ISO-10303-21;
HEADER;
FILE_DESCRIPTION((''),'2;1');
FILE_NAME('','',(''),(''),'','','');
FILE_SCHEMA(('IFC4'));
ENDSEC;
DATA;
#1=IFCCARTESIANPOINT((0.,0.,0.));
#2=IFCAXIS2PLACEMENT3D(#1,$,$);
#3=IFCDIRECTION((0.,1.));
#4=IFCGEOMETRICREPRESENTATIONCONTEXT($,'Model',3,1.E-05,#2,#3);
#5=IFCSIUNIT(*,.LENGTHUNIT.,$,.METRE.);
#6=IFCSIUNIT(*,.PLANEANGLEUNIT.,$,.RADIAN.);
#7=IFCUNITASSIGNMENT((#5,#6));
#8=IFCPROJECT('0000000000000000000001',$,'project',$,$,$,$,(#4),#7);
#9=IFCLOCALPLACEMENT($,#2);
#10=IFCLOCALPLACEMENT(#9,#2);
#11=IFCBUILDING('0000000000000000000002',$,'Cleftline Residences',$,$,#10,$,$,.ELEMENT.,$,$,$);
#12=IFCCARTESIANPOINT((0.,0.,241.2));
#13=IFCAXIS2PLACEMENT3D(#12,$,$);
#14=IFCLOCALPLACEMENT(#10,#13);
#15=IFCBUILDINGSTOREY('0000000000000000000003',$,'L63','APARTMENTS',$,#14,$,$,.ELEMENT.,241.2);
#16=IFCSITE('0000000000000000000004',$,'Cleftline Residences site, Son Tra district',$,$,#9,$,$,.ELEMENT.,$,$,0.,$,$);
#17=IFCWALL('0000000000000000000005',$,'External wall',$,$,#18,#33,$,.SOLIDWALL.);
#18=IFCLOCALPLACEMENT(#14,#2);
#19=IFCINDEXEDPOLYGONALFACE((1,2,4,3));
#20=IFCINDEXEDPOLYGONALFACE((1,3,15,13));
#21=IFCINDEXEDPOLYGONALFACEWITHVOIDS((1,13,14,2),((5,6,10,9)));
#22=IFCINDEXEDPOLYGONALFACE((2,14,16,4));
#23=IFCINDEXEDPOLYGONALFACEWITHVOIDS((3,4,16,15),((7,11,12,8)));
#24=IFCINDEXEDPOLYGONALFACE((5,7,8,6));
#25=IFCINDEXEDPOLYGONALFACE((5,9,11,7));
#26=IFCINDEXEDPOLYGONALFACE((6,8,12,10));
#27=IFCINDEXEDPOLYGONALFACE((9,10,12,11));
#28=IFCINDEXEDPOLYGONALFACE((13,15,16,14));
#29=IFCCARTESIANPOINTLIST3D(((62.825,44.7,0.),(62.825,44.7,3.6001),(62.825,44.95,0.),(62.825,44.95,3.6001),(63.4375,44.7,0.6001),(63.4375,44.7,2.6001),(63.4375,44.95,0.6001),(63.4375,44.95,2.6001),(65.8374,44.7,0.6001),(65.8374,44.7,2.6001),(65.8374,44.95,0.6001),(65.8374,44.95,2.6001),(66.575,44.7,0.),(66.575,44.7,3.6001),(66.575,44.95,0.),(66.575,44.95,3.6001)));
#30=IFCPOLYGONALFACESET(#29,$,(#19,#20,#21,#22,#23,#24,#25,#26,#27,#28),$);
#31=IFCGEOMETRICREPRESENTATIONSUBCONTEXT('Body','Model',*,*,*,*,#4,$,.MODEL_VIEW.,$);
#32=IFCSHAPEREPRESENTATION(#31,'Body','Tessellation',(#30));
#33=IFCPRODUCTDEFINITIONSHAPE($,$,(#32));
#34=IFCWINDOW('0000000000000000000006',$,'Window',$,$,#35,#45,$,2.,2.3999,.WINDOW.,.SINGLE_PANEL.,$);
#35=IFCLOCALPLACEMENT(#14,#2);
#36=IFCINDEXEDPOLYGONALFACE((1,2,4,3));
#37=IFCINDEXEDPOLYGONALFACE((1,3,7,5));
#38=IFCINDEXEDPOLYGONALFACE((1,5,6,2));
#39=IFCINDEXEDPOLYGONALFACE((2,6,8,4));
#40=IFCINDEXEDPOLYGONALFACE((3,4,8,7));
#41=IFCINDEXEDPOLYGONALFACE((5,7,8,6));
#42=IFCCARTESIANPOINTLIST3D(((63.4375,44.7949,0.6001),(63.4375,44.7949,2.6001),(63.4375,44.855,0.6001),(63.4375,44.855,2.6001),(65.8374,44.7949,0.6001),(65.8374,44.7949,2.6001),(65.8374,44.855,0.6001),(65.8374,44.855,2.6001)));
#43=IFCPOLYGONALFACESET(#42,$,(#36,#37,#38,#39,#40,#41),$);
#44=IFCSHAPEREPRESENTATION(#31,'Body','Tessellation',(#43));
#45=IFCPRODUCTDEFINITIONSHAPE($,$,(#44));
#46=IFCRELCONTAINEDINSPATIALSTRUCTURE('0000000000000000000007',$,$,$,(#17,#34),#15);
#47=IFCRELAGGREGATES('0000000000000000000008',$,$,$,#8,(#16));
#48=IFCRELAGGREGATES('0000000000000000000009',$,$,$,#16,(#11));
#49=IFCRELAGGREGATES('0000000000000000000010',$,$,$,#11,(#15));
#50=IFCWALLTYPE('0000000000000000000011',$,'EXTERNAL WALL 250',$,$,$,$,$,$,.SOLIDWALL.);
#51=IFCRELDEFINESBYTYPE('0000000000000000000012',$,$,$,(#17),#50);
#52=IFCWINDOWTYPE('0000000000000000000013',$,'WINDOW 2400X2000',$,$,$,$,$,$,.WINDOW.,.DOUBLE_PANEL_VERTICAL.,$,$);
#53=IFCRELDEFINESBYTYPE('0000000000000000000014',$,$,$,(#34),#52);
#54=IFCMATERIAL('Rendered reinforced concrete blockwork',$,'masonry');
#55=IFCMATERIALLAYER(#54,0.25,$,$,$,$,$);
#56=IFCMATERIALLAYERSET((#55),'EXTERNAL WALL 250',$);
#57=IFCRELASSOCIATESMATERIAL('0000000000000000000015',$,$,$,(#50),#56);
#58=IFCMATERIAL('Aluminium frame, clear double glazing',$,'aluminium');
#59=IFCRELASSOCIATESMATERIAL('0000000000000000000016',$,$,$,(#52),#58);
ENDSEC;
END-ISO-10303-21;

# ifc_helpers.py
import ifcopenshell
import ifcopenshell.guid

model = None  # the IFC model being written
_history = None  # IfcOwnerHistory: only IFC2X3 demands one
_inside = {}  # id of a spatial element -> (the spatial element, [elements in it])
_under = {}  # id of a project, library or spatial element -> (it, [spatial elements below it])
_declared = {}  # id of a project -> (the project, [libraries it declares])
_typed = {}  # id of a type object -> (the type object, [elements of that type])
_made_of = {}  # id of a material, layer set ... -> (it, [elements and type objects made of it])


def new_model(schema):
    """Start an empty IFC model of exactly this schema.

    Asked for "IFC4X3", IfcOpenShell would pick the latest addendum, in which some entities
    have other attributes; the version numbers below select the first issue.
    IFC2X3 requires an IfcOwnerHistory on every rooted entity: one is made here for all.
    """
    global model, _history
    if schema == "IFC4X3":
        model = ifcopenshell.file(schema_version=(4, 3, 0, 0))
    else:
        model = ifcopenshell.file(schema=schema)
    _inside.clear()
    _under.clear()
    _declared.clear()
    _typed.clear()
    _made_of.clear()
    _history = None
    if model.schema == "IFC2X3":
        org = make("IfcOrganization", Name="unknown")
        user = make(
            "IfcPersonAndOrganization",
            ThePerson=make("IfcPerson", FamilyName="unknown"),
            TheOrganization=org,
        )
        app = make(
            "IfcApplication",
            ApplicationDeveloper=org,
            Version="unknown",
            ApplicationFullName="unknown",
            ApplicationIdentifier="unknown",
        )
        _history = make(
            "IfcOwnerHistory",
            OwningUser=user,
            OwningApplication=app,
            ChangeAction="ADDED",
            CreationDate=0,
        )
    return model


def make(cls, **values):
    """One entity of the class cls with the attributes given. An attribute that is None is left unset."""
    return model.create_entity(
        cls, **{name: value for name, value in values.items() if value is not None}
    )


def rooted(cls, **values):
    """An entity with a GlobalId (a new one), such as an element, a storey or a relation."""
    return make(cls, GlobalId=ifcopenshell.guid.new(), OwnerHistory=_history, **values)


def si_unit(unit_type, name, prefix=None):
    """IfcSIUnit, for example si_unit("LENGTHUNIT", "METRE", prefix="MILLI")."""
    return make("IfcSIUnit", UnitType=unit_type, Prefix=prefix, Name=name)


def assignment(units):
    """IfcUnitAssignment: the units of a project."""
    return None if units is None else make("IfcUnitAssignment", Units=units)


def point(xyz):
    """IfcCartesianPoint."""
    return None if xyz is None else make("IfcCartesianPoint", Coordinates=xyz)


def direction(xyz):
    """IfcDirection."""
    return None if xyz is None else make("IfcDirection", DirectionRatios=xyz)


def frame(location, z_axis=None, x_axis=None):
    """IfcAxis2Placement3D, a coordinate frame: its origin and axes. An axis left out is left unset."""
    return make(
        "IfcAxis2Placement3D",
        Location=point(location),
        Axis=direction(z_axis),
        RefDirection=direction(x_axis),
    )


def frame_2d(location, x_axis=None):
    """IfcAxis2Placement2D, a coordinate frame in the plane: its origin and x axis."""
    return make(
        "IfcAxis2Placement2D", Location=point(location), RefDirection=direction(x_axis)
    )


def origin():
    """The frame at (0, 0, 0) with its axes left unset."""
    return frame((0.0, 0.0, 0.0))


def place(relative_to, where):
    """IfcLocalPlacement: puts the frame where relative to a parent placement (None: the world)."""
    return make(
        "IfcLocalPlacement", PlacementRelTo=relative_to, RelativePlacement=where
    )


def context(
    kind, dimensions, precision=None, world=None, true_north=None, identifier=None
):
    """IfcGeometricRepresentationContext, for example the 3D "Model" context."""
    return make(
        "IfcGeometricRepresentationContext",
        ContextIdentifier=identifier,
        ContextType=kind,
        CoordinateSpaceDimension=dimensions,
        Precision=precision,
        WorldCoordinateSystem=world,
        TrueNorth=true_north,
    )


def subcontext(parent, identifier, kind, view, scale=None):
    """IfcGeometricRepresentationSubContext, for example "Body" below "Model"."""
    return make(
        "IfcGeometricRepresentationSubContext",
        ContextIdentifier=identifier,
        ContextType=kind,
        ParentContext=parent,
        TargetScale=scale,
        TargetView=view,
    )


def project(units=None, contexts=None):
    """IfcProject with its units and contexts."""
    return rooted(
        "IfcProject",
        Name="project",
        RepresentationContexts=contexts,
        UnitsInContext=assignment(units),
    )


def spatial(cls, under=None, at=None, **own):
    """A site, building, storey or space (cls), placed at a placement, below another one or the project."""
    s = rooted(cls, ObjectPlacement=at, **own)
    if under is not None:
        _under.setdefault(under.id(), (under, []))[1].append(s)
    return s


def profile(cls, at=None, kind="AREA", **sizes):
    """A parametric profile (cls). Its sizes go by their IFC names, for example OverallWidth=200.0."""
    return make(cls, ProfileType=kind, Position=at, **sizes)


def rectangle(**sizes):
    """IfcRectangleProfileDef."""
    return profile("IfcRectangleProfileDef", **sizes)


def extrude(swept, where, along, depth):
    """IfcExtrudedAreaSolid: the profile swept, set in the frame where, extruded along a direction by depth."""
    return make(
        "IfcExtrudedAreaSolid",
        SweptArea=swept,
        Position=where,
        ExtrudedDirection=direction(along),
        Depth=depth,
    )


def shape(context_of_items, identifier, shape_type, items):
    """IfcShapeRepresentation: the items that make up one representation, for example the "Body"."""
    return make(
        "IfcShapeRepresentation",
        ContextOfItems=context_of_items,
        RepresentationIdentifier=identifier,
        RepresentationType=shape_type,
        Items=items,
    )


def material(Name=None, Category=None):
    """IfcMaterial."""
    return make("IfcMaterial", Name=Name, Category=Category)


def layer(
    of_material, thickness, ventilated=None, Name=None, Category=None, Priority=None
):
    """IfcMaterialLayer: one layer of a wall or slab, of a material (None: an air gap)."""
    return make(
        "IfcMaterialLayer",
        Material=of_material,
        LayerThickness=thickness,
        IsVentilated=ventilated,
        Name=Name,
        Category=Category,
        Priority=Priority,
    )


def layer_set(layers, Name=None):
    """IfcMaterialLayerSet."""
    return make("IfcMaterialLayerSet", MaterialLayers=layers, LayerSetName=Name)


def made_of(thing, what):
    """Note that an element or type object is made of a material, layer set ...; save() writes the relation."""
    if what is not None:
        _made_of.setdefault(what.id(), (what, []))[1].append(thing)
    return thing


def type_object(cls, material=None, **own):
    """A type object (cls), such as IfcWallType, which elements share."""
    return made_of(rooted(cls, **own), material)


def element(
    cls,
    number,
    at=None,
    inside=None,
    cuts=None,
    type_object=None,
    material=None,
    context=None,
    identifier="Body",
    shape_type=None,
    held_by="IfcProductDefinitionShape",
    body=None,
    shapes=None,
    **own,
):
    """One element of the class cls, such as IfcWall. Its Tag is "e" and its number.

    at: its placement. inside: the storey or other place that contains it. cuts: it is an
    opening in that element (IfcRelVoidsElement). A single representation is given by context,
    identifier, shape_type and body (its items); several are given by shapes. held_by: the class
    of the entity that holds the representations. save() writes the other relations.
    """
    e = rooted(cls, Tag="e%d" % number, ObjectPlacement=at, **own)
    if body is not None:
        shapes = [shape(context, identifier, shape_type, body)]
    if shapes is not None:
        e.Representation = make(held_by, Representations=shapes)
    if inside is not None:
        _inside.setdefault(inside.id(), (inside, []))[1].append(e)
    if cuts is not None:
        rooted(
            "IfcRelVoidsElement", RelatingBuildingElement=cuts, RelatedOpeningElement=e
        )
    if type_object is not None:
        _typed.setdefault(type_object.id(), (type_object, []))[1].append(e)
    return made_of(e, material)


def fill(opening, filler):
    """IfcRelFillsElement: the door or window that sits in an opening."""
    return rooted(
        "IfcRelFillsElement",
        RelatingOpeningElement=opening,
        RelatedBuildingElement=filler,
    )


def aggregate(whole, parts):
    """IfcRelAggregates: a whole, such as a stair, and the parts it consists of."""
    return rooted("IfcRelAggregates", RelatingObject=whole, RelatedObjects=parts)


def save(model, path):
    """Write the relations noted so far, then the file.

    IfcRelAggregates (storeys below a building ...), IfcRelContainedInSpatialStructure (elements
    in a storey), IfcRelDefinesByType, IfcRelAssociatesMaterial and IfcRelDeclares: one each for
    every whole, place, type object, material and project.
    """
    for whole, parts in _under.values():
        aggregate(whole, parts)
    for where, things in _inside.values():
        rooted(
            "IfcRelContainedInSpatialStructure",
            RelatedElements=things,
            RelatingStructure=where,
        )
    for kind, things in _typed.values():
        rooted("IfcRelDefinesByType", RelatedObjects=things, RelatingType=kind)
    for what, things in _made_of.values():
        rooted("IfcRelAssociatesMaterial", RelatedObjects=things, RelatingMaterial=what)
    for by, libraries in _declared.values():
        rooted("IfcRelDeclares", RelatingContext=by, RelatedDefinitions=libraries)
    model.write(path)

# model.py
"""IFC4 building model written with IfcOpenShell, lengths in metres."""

from ifc_helpers import new_model, si_unit, direction, frame, frame_2d, origin, place, context, subcontext, project, spatial, rectangle, extrude, material, layer, layer_set, type_object, element, fill, save


model = new_model("IFC4")

# Units and contexts
model_context = context("Model", 3, precision=1e-05, world=origin(), true_north=direction((0.0, 1.0)))
body_context = subcontext(model_context, "Body", "Model", "MODEL_VIEW")
ifc_project = project(units=[si_unit("LENGTHUNIT", "METRE"), si_unit("PLANEANGLEUNIT", "RADIAN")], contexts=[model_context])

# Site, building, storey
site_placement = place(None, origin())
site = spatial("IfcSite", under=ifc_project, at=site_placement, Name="Cleftline Residences site, Son Tra district", CompositionType="ELEMENT", RefElevation=0.0)
building_placement = place(site_placement, origin())
building = spatial("IfcBuilding", under=site, at=building_placement, Name="Cleftline Residences", CompositionType="ELEMENT")
storey_placement = place(building_placement, frame((0.0, 0.0, 241.2)))
storey = spatial("IfcBuildingStorey", under=building, at=storey_placement, Name="L63", Description="APARTMENTS", CompositionType="ELEMENT", Elevation=241.2)

# Wall, opening, window
ifc_material_1 = material(Name="Rendered reinforced concrete blockwork", Category="masonry")
ifc_layer_1 = layer(ifc_material_1, 0.25)
ifc_layer_set_1 = layer_set([ifc_layer_1], Name="EXTERNAL WALL 250")
wall_type = type_object("IfcWallType", Name="EXTERNAL WALL 250", PredefinedType="SOLIDWALL", material=ifc_layer_set_1)
wall_placement = place(storey_placement, frame((66.575, 44.825, 0.0), z_axis=(0.0, 0.0, 1.0), x_axis=(-1.0, 0.0, 0.0)))
wall = element("IfcWall", 1, at=wall_placement, inside=storey, type_object=wall_type, Name="External wall", PredefinedType="SOLIDWALL", context=body_context, shape_type="SweptSolid", body=[
    extrude(rectangle(XDim=3.75, YDim=0.25, at=frame_2d((1.875, 0.0))), origin(), (0.0, 0.0, 1.0), 3.6001),
])
opening_placement = place(wall_placement, frame((0.7375, 0.0, 0.6001)))
opening = element("IfcOpeningElement", 2, at=opening_placement, cuts=wall, PredefinedType="OPENING", context=body_context, shape_type="SweptSolid", body=[
    extrude(rectangle(XDim=2.3999, YDim=2.0, at=frame_2d((1.2, 1.0))), frame((0.0, 0.135, 0.0), z_axis=(0.0, -1.0, 0.0), x_axis=(1.0, 0.0, 0.0)), (0.0, 0.0, 1.0), 0.27),
])
ifc_material_2 = material(Name="Aluminium frame, clear double glazing", Category="aluminium")
window_type = type_object("IfcWindowType", Name="WINDOW 2400X2000", PartitioningType="DOUBLE_PANEL_VERTICAL", PredefinedType="WINDOW", material=ifc_material_2)
window_placement = place(opening_placement, origin())
window = element("IfcWindow", 3, at=window_placement, inside=storey, type_object=window_type, Name="Window", OverallHeight=2.0, OverallWidth=2.3999, PartitioningType="SINGLE_PANEL", PredefinedType="WINDOW", context=body_context, shape_type="SweptSolid", body=[
    extrude(rectangle(XDim=2.3999, YDim=2.0, at=frame_2d((1.2, 1.0))), frame((0.0, 0.03, 0.0), z_axis=(0.0, -1.0, 0.0), x_axis=(1.0, 0.0, 0.0)), (0.0, 0.0, 1.0), 0.0601),
])
fill(opening, window)

save(model, "model.ifc")
